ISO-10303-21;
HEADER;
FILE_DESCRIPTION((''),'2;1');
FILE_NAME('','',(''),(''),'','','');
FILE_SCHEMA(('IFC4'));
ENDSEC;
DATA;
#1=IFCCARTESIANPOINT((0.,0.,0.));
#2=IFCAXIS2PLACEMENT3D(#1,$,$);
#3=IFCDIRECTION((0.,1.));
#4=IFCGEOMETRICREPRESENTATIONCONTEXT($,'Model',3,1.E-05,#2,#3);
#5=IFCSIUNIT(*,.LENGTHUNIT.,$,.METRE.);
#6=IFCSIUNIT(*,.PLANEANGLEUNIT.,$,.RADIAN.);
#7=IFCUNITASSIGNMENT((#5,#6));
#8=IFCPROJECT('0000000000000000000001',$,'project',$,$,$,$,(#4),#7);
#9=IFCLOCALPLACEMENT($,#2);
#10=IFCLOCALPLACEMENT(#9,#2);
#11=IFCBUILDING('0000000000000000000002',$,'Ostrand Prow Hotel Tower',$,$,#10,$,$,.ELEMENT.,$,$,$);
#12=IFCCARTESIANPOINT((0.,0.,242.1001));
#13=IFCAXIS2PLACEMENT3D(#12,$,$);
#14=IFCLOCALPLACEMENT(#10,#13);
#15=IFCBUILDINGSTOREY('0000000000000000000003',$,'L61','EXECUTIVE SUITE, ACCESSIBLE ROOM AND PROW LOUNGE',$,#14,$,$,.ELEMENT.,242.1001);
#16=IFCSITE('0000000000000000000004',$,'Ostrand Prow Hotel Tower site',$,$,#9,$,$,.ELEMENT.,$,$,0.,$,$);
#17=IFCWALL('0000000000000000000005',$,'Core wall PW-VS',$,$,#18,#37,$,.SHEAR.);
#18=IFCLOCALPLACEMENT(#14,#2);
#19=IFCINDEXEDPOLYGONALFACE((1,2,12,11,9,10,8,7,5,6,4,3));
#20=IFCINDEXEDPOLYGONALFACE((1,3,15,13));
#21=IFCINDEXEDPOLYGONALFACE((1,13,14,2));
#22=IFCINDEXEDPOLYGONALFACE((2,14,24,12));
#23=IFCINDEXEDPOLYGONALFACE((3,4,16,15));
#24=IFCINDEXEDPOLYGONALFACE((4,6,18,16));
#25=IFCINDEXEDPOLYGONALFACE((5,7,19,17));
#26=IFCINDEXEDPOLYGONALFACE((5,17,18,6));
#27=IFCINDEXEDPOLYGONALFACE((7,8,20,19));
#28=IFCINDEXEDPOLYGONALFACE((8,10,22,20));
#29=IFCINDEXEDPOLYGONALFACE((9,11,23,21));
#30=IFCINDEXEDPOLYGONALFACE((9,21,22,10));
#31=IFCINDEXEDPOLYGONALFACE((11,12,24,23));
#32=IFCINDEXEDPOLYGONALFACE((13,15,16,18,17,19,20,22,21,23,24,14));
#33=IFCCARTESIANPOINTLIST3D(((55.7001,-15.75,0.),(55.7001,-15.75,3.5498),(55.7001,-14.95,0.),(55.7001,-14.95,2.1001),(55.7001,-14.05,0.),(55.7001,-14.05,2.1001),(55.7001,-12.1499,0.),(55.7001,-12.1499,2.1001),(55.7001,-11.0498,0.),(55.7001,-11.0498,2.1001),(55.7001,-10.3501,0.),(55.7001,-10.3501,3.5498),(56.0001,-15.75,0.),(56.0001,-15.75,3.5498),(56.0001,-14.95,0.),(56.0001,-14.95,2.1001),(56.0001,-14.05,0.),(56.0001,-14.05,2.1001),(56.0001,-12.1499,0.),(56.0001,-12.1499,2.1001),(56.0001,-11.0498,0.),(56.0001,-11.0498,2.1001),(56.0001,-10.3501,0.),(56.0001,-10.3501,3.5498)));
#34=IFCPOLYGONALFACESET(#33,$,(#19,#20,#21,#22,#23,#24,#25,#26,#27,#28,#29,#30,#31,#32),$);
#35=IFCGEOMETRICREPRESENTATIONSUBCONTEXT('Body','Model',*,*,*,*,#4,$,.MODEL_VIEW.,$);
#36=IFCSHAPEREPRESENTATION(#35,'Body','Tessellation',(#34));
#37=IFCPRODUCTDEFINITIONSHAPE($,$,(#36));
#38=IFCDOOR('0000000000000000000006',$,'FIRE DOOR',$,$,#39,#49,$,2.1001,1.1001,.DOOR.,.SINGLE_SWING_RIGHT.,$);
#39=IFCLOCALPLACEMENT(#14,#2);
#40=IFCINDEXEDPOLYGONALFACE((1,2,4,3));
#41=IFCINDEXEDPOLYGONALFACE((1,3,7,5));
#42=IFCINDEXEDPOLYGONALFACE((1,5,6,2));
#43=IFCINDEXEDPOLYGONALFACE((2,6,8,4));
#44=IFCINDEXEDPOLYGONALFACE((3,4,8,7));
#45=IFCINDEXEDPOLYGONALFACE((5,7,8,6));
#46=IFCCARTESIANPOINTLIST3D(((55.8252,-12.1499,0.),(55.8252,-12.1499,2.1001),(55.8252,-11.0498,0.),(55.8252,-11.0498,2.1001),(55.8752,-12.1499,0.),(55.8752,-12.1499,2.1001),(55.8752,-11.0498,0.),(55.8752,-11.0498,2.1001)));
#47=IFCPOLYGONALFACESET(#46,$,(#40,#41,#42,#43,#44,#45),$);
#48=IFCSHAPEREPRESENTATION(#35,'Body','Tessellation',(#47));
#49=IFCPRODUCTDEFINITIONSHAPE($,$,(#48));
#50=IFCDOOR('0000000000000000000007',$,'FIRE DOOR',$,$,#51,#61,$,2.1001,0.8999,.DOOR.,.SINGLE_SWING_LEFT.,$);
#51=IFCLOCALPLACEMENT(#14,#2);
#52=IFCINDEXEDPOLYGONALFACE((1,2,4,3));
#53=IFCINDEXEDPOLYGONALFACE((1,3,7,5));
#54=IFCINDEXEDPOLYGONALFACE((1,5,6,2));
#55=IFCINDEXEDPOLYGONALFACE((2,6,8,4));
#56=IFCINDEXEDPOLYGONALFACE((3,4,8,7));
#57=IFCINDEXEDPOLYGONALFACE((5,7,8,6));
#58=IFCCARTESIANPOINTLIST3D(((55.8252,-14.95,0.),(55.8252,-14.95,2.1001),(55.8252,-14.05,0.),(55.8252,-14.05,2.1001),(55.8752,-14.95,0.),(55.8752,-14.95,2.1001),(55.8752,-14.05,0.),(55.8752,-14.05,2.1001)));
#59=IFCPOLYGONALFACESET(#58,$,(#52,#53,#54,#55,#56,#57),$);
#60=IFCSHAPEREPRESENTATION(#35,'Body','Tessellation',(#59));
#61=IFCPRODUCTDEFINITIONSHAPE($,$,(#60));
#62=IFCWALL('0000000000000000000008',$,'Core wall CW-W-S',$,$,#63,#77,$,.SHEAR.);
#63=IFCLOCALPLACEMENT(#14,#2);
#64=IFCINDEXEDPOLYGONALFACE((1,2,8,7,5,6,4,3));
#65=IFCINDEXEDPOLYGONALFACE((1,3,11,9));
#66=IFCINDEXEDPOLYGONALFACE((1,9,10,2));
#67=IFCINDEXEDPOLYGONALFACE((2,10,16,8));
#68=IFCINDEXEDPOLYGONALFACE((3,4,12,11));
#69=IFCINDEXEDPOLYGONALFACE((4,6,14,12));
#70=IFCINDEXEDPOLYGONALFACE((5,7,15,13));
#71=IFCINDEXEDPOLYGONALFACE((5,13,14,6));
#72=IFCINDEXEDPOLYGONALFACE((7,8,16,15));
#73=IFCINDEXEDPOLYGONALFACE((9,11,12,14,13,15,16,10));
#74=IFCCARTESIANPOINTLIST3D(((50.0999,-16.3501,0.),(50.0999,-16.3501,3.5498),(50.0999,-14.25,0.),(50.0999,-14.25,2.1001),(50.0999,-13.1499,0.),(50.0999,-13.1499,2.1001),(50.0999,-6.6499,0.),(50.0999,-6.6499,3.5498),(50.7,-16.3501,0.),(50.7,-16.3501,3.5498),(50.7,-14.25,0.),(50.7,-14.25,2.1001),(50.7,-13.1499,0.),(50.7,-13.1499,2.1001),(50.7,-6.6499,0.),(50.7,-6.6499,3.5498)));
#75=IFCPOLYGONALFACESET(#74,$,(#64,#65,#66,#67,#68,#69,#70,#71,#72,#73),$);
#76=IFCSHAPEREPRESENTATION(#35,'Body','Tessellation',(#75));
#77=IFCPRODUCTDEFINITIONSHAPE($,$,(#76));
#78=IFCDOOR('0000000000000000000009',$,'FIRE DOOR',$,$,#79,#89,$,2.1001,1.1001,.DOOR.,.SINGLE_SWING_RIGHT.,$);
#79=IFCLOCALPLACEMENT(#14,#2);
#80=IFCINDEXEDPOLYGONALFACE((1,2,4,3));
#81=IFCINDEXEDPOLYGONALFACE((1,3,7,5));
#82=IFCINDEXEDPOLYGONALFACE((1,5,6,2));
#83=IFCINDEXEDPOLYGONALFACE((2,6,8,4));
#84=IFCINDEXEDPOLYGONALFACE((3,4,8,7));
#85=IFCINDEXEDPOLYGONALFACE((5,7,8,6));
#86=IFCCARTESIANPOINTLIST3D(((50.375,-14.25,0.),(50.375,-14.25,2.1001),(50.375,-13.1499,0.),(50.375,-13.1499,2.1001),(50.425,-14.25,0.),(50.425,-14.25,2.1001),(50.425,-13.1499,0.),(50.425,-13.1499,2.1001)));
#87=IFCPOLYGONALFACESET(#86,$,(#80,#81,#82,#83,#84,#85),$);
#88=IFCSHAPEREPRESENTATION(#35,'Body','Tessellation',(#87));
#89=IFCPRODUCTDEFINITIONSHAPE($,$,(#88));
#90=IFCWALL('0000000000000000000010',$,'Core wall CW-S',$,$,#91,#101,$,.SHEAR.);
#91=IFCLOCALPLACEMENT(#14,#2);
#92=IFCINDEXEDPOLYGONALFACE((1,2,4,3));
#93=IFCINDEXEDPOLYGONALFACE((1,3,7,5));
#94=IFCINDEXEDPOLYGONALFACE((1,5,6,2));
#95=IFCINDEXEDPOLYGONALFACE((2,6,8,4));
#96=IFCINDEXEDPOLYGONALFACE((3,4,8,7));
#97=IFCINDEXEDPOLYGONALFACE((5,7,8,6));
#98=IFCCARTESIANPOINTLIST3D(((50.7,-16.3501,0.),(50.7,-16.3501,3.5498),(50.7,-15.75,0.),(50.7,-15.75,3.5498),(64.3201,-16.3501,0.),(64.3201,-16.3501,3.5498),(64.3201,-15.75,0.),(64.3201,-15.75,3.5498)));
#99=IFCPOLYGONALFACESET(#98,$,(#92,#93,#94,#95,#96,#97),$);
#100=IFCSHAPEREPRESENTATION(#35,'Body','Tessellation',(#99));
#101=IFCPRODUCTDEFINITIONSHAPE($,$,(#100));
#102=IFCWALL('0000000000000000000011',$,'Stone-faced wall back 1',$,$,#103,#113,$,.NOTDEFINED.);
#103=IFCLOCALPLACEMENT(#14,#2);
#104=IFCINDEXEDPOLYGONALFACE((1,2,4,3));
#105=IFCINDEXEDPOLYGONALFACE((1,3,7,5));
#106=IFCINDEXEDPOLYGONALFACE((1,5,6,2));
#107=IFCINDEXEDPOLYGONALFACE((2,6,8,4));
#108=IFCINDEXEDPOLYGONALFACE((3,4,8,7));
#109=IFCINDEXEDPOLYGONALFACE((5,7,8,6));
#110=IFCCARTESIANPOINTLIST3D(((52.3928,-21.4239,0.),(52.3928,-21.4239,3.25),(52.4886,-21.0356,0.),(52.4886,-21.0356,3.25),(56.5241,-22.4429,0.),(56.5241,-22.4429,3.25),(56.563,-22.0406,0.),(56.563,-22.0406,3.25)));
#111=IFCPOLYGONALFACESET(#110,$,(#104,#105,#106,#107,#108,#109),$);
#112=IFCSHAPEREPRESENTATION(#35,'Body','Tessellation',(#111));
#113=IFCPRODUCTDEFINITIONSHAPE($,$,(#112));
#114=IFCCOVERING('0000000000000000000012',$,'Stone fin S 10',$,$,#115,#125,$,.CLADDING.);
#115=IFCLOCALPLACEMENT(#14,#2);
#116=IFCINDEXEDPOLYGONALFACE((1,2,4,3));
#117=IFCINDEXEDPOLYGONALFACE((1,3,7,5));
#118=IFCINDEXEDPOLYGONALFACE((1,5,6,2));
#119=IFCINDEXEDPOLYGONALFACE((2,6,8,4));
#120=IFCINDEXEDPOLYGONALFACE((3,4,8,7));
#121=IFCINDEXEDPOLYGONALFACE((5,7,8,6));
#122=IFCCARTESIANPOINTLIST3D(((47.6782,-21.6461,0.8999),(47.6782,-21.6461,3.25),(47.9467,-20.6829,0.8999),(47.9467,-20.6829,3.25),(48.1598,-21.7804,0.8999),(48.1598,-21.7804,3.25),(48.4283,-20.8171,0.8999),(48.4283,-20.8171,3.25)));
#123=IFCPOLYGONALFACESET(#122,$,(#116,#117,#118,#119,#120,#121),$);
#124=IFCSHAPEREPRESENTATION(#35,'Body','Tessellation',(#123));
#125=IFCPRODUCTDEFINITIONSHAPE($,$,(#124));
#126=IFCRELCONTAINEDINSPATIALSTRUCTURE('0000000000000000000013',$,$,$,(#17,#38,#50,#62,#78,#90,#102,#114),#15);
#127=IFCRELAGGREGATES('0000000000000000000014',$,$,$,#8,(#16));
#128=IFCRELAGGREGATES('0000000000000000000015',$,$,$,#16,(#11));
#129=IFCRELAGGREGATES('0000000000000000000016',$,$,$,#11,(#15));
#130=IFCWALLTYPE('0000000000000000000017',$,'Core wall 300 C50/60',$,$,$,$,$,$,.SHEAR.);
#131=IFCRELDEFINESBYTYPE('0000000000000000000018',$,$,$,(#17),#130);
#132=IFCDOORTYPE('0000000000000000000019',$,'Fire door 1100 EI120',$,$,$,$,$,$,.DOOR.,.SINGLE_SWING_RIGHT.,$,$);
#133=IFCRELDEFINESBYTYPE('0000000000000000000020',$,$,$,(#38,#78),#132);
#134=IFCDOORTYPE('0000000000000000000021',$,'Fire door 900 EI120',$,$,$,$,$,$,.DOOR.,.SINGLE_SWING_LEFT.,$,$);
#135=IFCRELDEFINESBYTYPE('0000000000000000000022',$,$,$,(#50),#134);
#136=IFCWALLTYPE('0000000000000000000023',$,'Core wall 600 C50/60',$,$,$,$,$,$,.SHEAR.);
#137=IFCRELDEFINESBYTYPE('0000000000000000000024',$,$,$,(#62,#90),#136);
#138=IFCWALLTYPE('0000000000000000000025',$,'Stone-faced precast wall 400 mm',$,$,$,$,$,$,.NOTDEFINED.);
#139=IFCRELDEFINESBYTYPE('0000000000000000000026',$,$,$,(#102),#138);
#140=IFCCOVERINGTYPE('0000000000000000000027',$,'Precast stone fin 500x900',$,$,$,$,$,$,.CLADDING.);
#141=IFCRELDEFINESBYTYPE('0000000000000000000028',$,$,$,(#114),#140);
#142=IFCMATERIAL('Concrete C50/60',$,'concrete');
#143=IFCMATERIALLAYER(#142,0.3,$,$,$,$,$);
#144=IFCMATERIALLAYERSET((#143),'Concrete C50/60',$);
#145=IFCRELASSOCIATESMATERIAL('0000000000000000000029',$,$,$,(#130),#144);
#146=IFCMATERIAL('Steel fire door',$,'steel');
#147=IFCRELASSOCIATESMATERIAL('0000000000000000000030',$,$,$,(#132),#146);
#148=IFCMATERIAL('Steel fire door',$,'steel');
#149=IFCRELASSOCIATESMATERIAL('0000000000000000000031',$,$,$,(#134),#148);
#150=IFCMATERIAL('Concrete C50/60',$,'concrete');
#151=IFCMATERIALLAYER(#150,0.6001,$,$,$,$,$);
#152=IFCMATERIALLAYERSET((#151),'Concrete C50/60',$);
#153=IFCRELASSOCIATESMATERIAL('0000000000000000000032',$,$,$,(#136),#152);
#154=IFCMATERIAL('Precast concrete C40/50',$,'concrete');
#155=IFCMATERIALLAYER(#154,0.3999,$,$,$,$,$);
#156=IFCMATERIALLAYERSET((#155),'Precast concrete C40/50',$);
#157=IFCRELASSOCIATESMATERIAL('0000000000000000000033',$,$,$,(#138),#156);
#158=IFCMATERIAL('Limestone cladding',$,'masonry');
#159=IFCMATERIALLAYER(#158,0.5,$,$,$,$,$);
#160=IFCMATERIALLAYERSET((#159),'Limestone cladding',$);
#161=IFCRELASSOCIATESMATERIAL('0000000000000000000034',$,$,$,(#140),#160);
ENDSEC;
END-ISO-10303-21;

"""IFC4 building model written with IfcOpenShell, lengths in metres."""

from ifc_helpers import new_model, si_unit, direction, frame, frame_2d, origin, place, context, subcontext, project, spatial, polyline, rectangle, outline, extrude, material, layer, layer_set, type_object, element, fill, save


model = new_model("IFC4")

# Units and contexts
model_context = context("Model", 3, precision=1e-05, world=origin(), true_north=direction((0.0, 1.0)))
body_context = subcontext(model_context, "Body", "Model", "MODEL_VIEW")
ifc_project = project(units=[si_unit("LENGTHUNIT", "METRE"), si_unit("PLANEANGLEUNIT", "RADIAN")], contexts=[model_context])

# Site, building, storey
site_placement = place(None, origin())
site = spatial("IfcSite", under=ifc_project, at=site_placement, Name="Ostrand Prow Hotel Tower site", CompositionType="ELEMENT", RefElevation=0.0)
building_placement = place(site_placement, origin())
building = spatial("IfcBuilding", under=site, at=building_placement, Name="Ostrand Prow Hotel Tower", CompositionType="ELEMENT")
storey_placement = place(building_placement, frame((0.0, 0.0, 242.1001)))
storey = spatial("IfcBuildingStorey", under=building, at=storey_placement, Name="L61", Description="EXECUTIVE SUITE, ACCESSIBLE ROOM AND PROW LOUNGE", CompositionType="ELEMENT", Elevation=242.1001)

# Wall, openings, doors
ifc_material_1 = material(Name="Concrete C50/60", Category="concrete")
ifc_layer_1 = layer(ifc_material_1, 0.3)
ifc_layer_set_1 = layer_set([ifc_layer_1], Name="Concrete C50/60")
wall_type_1 = type_object("IfcWallType", Name="Core wall 300 C50/60", PredefinedType="SHEAR", material=ifc_layer_set_1)
wall_1_placement = place(storey_placement, frame((55.8501, -15.75, 0.0), z_axis=(0.0, 0.0, 1.0), x_axis=(0.0, 1.0, 0.0)))
wall_1 = element("IfcWall", 1, at=wall_1_placement, inside=storey, type_object=wall_type_1, Name="Core wall PW-VS", PredefinedType="SHEAR", context=body_context, shape_type="SweptSolid", body=[
    extrude(rectangle(XDim=5.3999, YDim=0.3, at=frame_2d((2.7, 0.0))), origin(), (0.0, 0.0, 1.0), 3.5498),
])
opening_1_placement = place(wall_1_placement, frame((3.6001, 0.0, 0.0)))
opening_1 = element("IfcOpeningElement", 2, at=opening_1_placement, cuts=wall_1, PredefinedType="OPENING", context=body_context, shape_type="SweptSolid", body=[
    extrude(rectangle(XDim=1.1001, YDim=2.1001, at=frame_2d((0.55, 1.05))), frame((0.0, 0.1599, 0.0), z_axis=(0.0, -1.0, 0.0), x_axis=(1.0, 0.0, 0.0)), (0.0, 0.0, 1.0), 0.3201),
])
opening_2_placement = place(wall_1_placement, frame((0.8, 0.0, 0.0)))
opening_2 = element("IfcOpeningElement", 3, at=opening_2_placement, cuts=wall_1, PredefinedType="OPENING", context=body_context, shape_type="SweptSolid", body=[
    extrude(rectangle(XDim=0.8999, YDim=2.1001, at=frame_2d((0.45, 1.05))), frame((0.0, 0.1599, 0.0), z_axis=(0.0, -1.0, 0.0), x_axis=(1.0, 0.0, 0.0)), (0.0, 0.0, 1.0), 0.3201),
])
ifc_material_2 = material(Name="Steel fire door", Category="steel")
door_type_1 = type_object("IfcDoorType", Name="Fire door 1100 EI120", OperationType="SINGLE_SWING_RIGHT", PredefinedType="DOOR", material=ifc_material_2)
door_1_placement = place(opening_1_placement, origin())
door_1 = element("IfcDoor", 4, at=door_1_placement, inside=storey, type_object=door_type_1, Name="FIRE DOOR", OperationType="SINGLE_SWING_RIGHT", OverallHeight=2.1001, OverallWidth=1.1001, PredefinedType="DOOR", context=body_context, shape_type="SweptSolid", body=[
    extrude(rectangle(XDim=1.1001, YDim=2.1001, at=frame_2d((0.55, 1.05))), frame((0.0, 0.0249, 0.0), z_axis=(0.0, -1.0, 0.0), x_axis=(1.0, 0.0, 0.0)), (0.0, 0.0, 1.0), 0.05),
])
fill(opening_1, door_1)
ifc_material_3 = material(Name="Steel fire door", Category="steel")
door_type_2 = type_object("IfcDoorType", Name="Fire door 900 EI120", OperationType="SINGLE_SWING_LEFT", PredefinedType="DOOR", material=ifc_material_3)
door_2_placement = place(opening_2_placement, origin())
door_2 = element("IfcDoor", 5, at=door_2_placement, inside=storey, type_object=door_type_2, Name="FIRE DOOR", OperationType="SINGLE_SWING_LEFT", OverallHeight=2.1001, OverallWidth=0.8999, PredefinedType="DOOR", context=body_context, shape_type="SweptSolid", body=[
    extrude(rectangle(XDim=0.8999, YDim=2.1001, at=frame_2d((0.45, 1.05))), frame((0.0, 0.0249, 0.0), z_axis=(0.0, -1.0, 0.0), x_axis=(1.0, 0.0, 0.0)), (0.0, 0.0, 1.0), 0.05),
])
fill(opening_2, door_2)

# Wall, opening, door
ifc_material_4 = material(Name="Concrete C50/60", Category="concrete")
ifc_layer_2 = layer(ifc_material_4, 0.6001)
ifc_layer_set_2 = layer_set([ifc_layer_2], Name="Concrete C50/60")
wall_type_2 = type_object("IfcWallType", Name="Core wall 600 C50/60", PredefinedType="SHEAR", material=ifc_layer_set_2)
wall_2_placement = place(storey_placement, frame((50.3999, -16.3501, 0.0), z_axis=(0.0, 0.0, 1.0), x_axis=(0.0, 1.0, 0.0)))
wall_2 = element("IfcWall", 6, at=wall_2_placement, inside=storey, type_object=wall_type_2, Name="Core wall CW-W-S", PredefinedType="SHEAR", context=body_context, shape_type="SweptSolid", body=[
    extrude(rectangle(XDim=9.7002, YDim=0.6001, at=frame_2d((4.8501, 0.0))), origin(), (0.0, 0.0, 1.0), 3.5498),
])
opening_3_placement = place(wall_2_placement, frame((2.1001, 0.0, 0.0)))
opening_3 = element("IfcOpeningElement", 7, at=opening_3_placement, cuts=wall_2, PredefinedType="OPENING", context=body_context, shape_type="SweptSolid", body=[
    extrude(rectangle(XDim=1.1001, YDim=2.1001, at=frame_2d((0.55, 1.05))), frame((0.0, 0.3101, 0.0), z_axis=(0.0, -1.0, 0.0), x_axis=(1.0, 0.0, 0.0)), (0.0, 0.0, 1.0), 0.6201),
])
door_3_placement = place(opening_3_placement, origin())
door_3 = element("IfcDoor", 8, at=door_3_placement, inside=storey, type_object=door_type_1, Name="FIRE DOOR", OperationType="SINGLE_SWING_RIGHT", OverallHeight=2.1001, OverallWidth=1.1001, PredefinedType="DOOR", context=body_context, shape_type="SweptSolid", body=[
    extrude(rectangle(XDim=1.1001, YDim=2.1001, at=frame_2d((0.55, 1.05))), frame((0.0, 0.0249, 0.0), z_axis=(0.0, -1.0, 0.0), x_axis=(1.0, 0.0, 0.0)), (0.0, 0.0, 1.0), 0.05),
])
fill(opening_3, door_3)

# Walls
wall_3_placement = place(storey_placement, frame((50.7, -16.05, 0.0), z_axis=(0.0, 0.0, 1.0), x_axis=(1.0, 0.0, 0.0)))
element("IfcWall", 9, at=wall_3_placement, inside=storey, type_object=wall_type_2, Name="Core wall CW-S", PredefinedType="SHEAR", context=body_context, shape_type="SweptSolid", body=[
    extrude(rectangle(XDim=13.6201, YDim=0.6001, at=frame_2d((6.8101, 0.0))), origin(), (0.0, 0.0, 1.0), 3.5498),
])
ifc_material_5 = material(Name="Precast concrete C40/50", Category="concrete")
ifc_layer_3 = layer(ifc_material_5, 0.3999)
ifc_layer_set_3 = layer_set([ifc_layer_3], Name="Precast concrete C40/50")
wall_type_3 = type_object("IfcWallType", Name="Stone-faced precast wall 400 mm", PredefinedType="NOTDEFINED", material=ifc_layer_set_3)
wall_4_placement = place(storey_placement, frame((52.4407, -21.2297, 0.0), z_axis=(0.0, 0.0, 1.0), x_axis=(0.970902, -0.239476, 0.0)))
element("IfcWall", 10, at=wall_4_placement, inside=storey, type_object=wall_type_3, Name="Stone-faced wall back 1", PredefinedType="NOTDEFINED", context=body_context, shape_type="SweptSolid", body=[
    extrude(outline(polyline([(0.0, -0.2), (4.2551, -0.2), (4.1965, 0.2), (0.0, 0.2), (0.0, -0.2)])), origin(), (0.0, 0.0, 1.0), 3.25),
])

# Covering
ifc_material_6 = material(Name="Limestone cladding", Category="masonry")
ifc_layer_4 = layer(ifc_material_6, 0.5)
ifc_layer_set_4 = layer_set([ifc_layer_4], Name="Limestone cladding")
covering_type = type_object("IfcCoveringType", Name="Precast stone fin 500x900", PredefinedType="CLADDING", material=ifc_layer_set_4)
covering_placement = place(storey_placement, frame((48.1875, -20.75, 0.8999), z_axis=(0.0, 0.0, 1.0), x_axis=(-0.268525, -0.963273, 0.0)))
element("IfcCovering", 11, at=covering_placement, inside=storey, type_object=covering_type, Name="Stone fin S 10", PredefinedType="CLADDING", context=body_context, shape_type="SweptSolid", body=[
    extrude(rectangle(XDim=1.0, YDim=0.5, at=frame_2d((0.5, 0.0))), origin(), (0.0, 0.0, 1.0), 2.3501),
])

save(model, "model.ifc")
